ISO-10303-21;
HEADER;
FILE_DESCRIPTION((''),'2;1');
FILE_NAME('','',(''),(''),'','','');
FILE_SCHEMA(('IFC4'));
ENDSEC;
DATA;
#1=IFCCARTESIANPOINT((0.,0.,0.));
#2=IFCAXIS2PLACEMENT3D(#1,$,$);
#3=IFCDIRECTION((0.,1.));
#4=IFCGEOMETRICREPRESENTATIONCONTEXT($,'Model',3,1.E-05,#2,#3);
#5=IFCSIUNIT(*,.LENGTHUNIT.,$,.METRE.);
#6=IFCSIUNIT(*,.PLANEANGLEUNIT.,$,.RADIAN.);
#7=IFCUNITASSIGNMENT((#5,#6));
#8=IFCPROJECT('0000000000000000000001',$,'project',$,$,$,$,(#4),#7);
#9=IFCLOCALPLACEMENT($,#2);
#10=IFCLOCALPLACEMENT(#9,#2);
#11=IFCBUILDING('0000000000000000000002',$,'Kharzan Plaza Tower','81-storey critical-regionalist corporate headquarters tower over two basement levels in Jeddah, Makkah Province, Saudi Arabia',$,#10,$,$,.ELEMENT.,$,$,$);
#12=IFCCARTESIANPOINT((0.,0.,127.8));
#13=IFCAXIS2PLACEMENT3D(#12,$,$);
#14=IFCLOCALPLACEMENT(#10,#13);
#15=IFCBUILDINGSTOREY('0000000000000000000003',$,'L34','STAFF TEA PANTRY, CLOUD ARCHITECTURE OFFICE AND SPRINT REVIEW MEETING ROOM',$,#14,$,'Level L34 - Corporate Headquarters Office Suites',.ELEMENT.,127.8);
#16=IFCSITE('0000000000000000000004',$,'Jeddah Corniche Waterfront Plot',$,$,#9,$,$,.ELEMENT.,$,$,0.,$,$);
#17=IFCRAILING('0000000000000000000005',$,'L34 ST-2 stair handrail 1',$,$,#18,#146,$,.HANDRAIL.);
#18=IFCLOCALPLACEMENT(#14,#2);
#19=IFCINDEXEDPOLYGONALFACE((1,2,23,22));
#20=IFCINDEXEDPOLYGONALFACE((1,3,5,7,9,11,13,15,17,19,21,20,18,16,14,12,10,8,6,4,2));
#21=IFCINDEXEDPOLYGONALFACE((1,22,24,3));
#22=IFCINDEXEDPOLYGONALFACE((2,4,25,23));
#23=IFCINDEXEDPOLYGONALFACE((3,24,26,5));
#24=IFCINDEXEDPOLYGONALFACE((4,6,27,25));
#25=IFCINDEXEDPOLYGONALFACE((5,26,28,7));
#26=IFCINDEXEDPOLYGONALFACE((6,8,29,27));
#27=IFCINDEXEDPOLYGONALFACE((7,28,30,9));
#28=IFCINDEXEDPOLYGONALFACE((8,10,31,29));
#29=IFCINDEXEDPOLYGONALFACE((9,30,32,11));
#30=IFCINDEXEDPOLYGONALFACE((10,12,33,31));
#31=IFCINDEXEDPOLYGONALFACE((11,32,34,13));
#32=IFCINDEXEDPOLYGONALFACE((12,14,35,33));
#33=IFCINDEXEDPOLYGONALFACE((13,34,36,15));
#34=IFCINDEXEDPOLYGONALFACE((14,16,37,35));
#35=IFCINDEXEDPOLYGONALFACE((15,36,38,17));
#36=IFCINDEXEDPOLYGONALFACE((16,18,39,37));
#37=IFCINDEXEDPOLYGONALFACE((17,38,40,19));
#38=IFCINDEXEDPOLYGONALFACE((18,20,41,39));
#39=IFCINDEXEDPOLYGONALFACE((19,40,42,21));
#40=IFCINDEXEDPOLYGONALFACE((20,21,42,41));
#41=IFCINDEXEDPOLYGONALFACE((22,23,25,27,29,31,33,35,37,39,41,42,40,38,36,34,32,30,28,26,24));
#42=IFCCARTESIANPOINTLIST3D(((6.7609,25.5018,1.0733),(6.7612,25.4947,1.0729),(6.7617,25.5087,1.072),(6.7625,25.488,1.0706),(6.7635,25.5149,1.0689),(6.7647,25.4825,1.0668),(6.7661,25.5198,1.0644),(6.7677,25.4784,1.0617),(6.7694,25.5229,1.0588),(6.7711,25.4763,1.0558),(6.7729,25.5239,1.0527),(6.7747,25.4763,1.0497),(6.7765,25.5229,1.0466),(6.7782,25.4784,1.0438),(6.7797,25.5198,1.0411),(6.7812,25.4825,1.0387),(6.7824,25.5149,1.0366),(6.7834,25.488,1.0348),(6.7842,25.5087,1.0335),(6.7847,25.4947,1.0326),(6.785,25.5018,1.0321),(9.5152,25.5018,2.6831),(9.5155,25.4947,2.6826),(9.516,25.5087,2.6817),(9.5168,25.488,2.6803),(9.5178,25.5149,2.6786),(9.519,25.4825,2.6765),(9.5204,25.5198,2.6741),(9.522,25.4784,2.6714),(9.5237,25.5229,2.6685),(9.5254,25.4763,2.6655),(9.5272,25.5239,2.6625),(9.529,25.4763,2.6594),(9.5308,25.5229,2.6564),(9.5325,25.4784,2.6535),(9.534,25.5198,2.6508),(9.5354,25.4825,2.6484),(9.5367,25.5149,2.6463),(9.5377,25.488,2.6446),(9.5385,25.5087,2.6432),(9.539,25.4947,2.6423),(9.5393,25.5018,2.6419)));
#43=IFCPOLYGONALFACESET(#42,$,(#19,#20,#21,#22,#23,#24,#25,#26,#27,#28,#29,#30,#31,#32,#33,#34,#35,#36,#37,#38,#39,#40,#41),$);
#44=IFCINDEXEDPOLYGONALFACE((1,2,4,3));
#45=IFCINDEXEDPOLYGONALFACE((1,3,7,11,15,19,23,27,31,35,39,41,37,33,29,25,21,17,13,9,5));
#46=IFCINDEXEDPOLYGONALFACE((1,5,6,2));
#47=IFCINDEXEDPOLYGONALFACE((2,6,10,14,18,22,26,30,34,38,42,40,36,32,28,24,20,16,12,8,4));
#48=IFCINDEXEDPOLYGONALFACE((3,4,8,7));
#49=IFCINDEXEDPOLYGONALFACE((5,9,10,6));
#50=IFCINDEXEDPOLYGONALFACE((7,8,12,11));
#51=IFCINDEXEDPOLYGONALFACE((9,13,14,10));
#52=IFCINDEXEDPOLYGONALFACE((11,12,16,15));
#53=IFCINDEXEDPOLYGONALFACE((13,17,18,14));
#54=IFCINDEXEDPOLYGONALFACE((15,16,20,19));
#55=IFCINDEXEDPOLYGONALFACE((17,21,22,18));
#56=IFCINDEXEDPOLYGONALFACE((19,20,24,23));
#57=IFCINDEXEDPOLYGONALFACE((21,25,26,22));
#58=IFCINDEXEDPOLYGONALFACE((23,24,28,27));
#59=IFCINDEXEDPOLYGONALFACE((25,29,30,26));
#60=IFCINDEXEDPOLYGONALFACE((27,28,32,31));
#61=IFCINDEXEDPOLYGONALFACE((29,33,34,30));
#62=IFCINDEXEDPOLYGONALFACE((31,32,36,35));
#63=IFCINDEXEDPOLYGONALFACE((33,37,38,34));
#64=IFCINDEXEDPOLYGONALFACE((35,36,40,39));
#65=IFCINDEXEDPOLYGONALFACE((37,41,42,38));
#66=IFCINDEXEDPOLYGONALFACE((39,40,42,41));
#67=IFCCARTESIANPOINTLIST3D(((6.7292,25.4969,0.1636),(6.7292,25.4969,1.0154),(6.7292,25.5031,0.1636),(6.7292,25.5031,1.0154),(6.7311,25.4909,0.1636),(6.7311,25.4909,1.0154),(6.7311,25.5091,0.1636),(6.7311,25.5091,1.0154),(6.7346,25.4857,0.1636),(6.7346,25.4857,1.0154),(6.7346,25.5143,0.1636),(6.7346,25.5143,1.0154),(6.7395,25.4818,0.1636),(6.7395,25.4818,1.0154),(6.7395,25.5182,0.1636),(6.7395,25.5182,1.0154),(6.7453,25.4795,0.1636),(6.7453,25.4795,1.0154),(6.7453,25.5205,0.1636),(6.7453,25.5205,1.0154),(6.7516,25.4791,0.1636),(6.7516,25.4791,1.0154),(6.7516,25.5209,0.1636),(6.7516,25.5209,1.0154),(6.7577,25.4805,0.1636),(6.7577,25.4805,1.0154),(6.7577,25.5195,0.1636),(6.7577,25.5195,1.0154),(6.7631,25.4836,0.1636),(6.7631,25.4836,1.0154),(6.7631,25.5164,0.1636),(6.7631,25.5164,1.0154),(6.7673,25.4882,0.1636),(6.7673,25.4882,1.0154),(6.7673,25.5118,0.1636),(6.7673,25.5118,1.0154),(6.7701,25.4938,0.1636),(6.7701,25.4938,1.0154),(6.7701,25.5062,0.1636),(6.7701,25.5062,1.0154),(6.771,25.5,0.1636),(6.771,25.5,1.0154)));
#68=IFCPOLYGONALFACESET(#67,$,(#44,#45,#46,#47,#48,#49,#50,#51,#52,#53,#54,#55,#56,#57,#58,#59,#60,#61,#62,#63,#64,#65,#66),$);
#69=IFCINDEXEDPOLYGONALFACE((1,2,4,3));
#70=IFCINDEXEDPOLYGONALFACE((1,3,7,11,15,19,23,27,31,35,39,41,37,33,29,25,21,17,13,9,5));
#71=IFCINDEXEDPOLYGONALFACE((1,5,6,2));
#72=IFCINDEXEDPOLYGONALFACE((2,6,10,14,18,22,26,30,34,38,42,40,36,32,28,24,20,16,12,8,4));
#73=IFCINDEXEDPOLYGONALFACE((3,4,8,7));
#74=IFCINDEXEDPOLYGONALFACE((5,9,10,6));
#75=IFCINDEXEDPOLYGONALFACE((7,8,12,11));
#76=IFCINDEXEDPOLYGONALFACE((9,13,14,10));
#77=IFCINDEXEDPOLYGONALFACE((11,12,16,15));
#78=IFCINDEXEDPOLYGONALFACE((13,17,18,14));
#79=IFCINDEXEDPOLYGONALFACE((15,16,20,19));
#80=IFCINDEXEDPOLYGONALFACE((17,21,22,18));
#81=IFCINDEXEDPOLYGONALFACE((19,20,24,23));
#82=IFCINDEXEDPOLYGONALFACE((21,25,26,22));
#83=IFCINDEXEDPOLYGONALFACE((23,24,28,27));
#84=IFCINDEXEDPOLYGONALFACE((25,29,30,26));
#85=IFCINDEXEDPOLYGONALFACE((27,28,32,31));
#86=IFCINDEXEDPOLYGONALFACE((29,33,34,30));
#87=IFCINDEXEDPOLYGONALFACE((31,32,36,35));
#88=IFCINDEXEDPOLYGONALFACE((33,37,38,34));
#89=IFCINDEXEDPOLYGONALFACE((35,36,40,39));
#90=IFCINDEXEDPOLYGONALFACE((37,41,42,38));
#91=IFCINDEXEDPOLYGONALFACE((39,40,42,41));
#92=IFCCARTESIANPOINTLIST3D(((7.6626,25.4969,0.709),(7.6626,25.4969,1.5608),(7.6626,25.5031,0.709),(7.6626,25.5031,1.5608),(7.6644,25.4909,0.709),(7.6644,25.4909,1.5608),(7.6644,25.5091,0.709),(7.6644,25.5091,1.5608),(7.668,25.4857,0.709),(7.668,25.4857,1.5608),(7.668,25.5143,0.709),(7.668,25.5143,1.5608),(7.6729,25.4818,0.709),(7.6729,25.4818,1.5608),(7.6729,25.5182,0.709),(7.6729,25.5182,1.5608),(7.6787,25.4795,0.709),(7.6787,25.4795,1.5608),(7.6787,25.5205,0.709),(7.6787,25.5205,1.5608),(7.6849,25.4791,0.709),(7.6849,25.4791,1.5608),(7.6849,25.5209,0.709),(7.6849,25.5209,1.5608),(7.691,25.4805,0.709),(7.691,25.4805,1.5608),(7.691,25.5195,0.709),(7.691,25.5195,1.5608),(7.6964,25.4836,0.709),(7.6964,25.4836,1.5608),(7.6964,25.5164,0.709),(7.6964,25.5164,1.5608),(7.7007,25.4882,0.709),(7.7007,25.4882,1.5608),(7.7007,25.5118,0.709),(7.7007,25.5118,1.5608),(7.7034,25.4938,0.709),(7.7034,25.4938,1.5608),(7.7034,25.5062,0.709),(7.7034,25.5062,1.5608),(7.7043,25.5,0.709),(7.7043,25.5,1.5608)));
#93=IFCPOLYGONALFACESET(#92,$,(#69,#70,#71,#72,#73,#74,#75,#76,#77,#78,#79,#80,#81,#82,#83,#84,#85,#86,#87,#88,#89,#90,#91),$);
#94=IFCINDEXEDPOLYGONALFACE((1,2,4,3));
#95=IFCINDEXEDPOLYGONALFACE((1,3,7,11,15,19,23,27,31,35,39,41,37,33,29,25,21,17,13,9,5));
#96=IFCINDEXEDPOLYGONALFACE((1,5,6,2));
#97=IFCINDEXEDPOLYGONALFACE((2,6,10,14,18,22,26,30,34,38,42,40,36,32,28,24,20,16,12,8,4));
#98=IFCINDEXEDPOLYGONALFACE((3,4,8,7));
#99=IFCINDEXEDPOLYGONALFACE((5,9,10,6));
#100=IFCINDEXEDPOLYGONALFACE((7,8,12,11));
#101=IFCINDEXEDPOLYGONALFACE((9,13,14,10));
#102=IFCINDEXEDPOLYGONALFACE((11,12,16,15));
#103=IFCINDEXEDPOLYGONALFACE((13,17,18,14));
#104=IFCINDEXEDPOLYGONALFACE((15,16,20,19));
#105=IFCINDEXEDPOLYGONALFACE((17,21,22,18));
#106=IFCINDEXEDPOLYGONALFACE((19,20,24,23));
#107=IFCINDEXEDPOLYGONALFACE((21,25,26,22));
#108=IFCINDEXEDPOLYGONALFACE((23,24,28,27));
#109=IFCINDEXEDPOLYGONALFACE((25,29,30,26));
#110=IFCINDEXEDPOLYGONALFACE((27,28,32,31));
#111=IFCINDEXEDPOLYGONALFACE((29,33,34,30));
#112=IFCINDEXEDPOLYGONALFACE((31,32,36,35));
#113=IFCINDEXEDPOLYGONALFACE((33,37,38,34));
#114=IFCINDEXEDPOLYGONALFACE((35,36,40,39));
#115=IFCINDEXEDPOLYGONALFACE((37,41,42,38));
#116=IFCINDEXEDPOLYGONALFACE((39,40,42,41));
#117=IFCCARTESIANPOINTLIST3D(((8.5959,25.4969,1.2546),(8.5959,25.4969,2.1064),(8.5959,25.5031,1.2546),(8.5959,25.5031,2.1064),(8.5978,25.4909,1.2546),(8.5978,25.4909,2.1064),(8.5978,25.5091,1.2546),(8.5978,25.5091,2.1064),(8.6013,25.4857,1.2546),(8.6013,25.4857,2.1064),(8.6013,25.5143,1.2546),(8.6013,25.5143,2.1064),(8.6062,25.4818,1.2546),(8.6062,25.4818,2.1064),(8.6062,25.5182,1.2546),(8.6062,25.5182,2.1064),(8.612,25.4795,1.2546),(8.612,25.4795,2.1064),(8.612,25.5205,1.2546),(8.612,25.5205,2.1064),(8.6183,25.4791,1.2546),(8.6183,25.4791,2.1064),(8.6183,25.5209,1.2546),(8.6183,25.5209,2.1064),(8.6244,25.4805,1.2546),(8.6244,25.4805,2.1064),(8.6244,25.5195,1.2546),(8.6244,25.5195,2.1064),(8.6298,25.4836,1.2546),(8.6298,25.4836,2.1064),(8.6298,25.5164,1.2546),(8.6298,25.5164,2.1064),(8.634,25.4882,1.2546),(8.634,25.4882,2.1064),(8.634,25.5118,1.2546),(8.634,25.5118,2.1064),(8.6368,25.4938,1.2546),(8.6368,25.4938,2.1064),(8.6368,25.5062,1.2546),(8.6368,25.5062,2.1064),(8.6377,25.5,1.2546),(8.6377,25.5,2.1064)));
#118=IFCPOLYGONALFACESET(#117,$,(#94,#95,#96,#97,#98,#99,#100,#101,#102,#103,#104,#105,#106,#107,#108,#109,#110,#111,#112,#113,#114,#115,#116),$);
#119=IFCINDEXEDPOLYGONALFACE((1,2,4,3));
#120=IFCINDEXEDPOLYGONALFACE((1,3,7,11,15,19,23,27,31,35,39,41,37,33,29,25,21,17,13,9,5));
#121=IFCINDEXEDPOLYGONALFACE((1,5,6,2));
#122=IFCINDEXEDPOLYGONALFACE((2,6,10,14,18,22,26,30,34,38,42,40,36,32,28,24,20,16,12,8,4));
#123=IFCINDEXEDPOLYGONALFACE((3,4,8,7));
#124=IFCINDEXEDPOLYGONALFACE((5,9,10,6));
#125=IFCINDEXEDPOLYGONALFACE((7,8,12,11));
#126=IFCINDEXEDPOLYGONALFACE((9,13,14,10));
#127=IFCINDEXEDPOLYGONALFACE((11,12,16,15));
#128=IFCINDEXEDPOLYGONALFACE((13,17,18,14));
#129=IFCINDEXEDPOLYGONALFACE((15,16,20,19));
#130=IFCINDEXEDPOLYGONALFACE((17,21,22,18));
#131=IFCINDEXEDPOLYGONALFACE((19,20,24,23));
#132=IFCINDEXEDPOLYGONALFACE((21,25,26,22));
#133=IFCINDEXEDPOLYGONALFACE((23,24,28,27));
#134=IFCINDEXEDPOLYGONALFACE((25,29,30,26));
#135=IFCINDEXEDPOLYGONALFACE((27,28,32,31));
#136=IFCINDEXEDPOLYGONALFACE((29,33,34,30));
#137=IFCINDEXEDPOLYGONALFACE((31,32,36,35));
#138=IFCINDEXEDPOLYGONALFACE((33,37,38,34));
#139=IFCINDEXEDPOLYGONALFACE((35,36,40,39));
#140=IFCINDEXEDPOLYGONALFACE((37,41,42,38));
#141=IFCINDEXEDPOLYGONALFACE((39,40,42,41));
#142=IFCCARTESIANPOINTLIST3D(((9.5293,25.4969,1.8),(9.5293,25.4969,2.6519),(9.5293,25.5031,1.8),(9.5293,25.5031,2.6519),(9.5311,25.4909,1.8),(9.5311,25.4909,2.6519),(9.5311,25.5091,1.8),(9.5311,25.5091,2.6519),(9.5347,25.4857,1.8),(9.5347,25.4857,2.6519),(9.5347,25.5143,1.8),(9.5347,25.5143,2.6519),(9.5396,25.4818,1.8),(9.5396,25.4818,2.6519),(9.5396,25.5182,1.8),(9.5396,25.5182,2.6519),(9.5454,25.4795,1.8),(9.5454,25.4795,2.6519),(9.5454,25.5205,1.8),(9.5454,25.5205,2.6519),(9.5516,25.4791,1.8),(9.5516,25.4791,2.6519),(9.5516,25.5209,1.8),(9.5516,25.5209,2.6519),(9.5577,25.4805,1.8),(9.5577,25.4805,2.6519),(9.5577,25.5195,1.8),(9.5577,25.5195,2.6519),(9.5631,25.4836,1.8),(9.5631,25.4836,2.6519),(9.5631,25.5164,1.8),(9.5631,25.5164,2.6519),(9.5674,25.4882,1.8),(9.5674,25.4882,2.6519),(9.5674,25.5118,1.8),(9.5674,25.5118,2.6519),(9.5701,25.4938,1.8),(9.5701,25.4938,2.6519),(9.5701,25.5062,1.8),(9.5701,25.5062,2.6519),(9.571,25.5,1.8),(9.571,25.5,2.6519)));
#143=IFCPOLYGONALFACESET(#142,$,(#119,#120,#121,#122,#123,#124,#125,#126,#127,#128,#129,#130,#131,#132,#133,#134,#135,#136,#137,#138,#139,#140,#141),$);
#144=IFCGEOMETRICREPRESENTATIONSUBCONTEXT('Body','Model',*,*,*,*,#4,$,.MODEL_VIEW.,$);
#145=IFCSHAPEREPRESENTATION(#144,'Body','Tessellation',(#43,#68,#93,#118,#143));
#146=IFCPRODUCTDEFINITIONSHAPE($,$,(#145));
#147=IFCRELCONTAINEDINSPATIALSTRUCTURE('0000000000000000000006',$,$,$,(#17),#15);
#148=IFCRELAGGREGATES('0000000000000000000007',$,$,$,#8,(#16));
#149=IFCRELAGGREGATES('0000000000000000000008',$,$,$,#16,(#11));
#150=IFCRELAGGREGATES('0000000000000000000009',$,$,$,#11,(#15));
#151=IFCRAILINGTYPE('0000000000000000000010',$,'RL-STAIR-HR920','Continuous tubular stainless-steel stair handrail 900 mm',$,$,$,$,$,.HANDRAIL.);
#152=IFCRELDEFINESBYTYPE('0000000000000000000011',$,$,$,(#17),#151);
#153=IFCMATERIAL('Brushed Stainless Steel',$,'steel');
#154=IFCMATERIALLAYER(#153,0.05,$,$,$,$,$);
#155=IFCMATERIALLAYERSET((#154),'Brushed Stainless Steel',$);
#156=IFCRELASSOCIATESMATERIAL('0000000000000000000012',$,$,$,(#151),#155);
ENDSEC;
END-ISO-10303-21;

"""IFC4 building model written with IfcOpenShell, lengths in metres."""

from ifc_helpers import new_model, si_unit, direction, frame, origin, origin_2d, place, context, subcontext, project, spatial, circle, extrude, source, transform, mapped, material, layer, layer_set, type_object, element, save


model = new_model("IFC4")

# Units and contexts
model_context = context("Model", 3, precision=1e-05, world=origin(), true_north=direction((0.0, 1.0)))
body_context = subcontext(model_context, "Body", "Model", "MODEL_VIEW")
ifc_project = project(units=[si_unit("LENGTHUNIT", "METRE"), si_unit("PLANEANGLEUNIT", "RADIAN")], contexts=[model_context])

# Site, building, storey
site_placement = place(None, origin())
site = spatial("IfcSite", under=ifc_project, at=site_placement, Name="Jeddah Corniche Waterfront Plot", CompositionType="ELEMENT", RefElevation=0.0)
building_placement = place(site_placement, origin())
building = spatial("IfcBuilding", under=site, at=building_placement, Name="Kharzan Plaza Tower", Description="81-storey critical-regionalist corporate headquarters tower over two basement levels in Jeddah, Makkah Province, Saudi Arabia", CompositionType="ELEMENT")
storey_placement = place(building_placement, frame((0.0, 0.0, 127.8)))
storey = spatial("IfcBuildingStorey", under=building, at=storey_placement, Name="L34", Description="STAFF TEA PANTRY, CLOUD ARCHITECTURE OFFICE AND SPRINT REVIEW MEETING ROOM", LongName="Level L34 - Corporate Headquarters Office Suites", CompositionType="ELEMENT", Elevation=127.8)

# Railing
ifc_material_1 = material(Name="Brushed Stainless Steel", Category="steel")
ifc_layer_1 = layer(ifc_material_1, 0.05)
ifc_layer_set_1 = layer_set([ifc_layer_1], Name="Brushed Stainless Steel")
railing_type_1 = type_object("IfcRailingType", Name="RL-STAIR-HR920", Description="Continuous tubular stainless-steel stair handrail 900 mm", PredefinedType="HANDRAIL", material=ifc_layer_set_1)
shared_shape_1 = source(origin(), body_context, "Body", "SweptSolid", [
    extrude(circle(Radius=0.0239, at=origin_2d()), frame((0.0229, 0.0, 0.8892), z_axis=(0.863361, 0.0, 0.504587), x_axis=(0.0, 1.0, 0.0)), (0.0, 0.0, 1.0), 3.1902),
    extrude(circle(Radius=0.021, at=origin_2d()), origin(), (0.0, 0.0, 1.0), 0.8518),
    extrude(circle(Radius=0.021, at=origin_2d()), frame((0.9333, 0.0, 0.5454)), (0.0, 0.0, 1.0), 0.8518),
    extrude(circle(Radius=0.021, at=origin_2d()), frame((1.8667, 0.0, 1.0911)), (0.0, 0.0, 1.0), 0.8518),
    extrude(circle(Radius=0.021, at=origin_2d()), frame((2.8, 0.0, 1.6365)), (0.0, 0.0, 1.0), 0.8518),
])
railing_1_placement = place(storey_placement, frame((6.75, 25.5, 0.1636)))
element("IfcRailing", 1, at=railing_1_placement, inside=storey, type_object=railing_type_1, Name="L34 ST-2 stair handrail 1", PredefinedType="HANDRAIL", context=body_context, shape_type="MappedRepresentation", body=[
    mapped(shared_shape_1, transform((0.0, 0.0, 0.0), x_axis=(1.0, 0.0, 0.0), y_axis=(0.0, 1.0, 0.0), z_axis=(0.0, 0.0, 1.0))),
])

save(model, "model.ifc")
